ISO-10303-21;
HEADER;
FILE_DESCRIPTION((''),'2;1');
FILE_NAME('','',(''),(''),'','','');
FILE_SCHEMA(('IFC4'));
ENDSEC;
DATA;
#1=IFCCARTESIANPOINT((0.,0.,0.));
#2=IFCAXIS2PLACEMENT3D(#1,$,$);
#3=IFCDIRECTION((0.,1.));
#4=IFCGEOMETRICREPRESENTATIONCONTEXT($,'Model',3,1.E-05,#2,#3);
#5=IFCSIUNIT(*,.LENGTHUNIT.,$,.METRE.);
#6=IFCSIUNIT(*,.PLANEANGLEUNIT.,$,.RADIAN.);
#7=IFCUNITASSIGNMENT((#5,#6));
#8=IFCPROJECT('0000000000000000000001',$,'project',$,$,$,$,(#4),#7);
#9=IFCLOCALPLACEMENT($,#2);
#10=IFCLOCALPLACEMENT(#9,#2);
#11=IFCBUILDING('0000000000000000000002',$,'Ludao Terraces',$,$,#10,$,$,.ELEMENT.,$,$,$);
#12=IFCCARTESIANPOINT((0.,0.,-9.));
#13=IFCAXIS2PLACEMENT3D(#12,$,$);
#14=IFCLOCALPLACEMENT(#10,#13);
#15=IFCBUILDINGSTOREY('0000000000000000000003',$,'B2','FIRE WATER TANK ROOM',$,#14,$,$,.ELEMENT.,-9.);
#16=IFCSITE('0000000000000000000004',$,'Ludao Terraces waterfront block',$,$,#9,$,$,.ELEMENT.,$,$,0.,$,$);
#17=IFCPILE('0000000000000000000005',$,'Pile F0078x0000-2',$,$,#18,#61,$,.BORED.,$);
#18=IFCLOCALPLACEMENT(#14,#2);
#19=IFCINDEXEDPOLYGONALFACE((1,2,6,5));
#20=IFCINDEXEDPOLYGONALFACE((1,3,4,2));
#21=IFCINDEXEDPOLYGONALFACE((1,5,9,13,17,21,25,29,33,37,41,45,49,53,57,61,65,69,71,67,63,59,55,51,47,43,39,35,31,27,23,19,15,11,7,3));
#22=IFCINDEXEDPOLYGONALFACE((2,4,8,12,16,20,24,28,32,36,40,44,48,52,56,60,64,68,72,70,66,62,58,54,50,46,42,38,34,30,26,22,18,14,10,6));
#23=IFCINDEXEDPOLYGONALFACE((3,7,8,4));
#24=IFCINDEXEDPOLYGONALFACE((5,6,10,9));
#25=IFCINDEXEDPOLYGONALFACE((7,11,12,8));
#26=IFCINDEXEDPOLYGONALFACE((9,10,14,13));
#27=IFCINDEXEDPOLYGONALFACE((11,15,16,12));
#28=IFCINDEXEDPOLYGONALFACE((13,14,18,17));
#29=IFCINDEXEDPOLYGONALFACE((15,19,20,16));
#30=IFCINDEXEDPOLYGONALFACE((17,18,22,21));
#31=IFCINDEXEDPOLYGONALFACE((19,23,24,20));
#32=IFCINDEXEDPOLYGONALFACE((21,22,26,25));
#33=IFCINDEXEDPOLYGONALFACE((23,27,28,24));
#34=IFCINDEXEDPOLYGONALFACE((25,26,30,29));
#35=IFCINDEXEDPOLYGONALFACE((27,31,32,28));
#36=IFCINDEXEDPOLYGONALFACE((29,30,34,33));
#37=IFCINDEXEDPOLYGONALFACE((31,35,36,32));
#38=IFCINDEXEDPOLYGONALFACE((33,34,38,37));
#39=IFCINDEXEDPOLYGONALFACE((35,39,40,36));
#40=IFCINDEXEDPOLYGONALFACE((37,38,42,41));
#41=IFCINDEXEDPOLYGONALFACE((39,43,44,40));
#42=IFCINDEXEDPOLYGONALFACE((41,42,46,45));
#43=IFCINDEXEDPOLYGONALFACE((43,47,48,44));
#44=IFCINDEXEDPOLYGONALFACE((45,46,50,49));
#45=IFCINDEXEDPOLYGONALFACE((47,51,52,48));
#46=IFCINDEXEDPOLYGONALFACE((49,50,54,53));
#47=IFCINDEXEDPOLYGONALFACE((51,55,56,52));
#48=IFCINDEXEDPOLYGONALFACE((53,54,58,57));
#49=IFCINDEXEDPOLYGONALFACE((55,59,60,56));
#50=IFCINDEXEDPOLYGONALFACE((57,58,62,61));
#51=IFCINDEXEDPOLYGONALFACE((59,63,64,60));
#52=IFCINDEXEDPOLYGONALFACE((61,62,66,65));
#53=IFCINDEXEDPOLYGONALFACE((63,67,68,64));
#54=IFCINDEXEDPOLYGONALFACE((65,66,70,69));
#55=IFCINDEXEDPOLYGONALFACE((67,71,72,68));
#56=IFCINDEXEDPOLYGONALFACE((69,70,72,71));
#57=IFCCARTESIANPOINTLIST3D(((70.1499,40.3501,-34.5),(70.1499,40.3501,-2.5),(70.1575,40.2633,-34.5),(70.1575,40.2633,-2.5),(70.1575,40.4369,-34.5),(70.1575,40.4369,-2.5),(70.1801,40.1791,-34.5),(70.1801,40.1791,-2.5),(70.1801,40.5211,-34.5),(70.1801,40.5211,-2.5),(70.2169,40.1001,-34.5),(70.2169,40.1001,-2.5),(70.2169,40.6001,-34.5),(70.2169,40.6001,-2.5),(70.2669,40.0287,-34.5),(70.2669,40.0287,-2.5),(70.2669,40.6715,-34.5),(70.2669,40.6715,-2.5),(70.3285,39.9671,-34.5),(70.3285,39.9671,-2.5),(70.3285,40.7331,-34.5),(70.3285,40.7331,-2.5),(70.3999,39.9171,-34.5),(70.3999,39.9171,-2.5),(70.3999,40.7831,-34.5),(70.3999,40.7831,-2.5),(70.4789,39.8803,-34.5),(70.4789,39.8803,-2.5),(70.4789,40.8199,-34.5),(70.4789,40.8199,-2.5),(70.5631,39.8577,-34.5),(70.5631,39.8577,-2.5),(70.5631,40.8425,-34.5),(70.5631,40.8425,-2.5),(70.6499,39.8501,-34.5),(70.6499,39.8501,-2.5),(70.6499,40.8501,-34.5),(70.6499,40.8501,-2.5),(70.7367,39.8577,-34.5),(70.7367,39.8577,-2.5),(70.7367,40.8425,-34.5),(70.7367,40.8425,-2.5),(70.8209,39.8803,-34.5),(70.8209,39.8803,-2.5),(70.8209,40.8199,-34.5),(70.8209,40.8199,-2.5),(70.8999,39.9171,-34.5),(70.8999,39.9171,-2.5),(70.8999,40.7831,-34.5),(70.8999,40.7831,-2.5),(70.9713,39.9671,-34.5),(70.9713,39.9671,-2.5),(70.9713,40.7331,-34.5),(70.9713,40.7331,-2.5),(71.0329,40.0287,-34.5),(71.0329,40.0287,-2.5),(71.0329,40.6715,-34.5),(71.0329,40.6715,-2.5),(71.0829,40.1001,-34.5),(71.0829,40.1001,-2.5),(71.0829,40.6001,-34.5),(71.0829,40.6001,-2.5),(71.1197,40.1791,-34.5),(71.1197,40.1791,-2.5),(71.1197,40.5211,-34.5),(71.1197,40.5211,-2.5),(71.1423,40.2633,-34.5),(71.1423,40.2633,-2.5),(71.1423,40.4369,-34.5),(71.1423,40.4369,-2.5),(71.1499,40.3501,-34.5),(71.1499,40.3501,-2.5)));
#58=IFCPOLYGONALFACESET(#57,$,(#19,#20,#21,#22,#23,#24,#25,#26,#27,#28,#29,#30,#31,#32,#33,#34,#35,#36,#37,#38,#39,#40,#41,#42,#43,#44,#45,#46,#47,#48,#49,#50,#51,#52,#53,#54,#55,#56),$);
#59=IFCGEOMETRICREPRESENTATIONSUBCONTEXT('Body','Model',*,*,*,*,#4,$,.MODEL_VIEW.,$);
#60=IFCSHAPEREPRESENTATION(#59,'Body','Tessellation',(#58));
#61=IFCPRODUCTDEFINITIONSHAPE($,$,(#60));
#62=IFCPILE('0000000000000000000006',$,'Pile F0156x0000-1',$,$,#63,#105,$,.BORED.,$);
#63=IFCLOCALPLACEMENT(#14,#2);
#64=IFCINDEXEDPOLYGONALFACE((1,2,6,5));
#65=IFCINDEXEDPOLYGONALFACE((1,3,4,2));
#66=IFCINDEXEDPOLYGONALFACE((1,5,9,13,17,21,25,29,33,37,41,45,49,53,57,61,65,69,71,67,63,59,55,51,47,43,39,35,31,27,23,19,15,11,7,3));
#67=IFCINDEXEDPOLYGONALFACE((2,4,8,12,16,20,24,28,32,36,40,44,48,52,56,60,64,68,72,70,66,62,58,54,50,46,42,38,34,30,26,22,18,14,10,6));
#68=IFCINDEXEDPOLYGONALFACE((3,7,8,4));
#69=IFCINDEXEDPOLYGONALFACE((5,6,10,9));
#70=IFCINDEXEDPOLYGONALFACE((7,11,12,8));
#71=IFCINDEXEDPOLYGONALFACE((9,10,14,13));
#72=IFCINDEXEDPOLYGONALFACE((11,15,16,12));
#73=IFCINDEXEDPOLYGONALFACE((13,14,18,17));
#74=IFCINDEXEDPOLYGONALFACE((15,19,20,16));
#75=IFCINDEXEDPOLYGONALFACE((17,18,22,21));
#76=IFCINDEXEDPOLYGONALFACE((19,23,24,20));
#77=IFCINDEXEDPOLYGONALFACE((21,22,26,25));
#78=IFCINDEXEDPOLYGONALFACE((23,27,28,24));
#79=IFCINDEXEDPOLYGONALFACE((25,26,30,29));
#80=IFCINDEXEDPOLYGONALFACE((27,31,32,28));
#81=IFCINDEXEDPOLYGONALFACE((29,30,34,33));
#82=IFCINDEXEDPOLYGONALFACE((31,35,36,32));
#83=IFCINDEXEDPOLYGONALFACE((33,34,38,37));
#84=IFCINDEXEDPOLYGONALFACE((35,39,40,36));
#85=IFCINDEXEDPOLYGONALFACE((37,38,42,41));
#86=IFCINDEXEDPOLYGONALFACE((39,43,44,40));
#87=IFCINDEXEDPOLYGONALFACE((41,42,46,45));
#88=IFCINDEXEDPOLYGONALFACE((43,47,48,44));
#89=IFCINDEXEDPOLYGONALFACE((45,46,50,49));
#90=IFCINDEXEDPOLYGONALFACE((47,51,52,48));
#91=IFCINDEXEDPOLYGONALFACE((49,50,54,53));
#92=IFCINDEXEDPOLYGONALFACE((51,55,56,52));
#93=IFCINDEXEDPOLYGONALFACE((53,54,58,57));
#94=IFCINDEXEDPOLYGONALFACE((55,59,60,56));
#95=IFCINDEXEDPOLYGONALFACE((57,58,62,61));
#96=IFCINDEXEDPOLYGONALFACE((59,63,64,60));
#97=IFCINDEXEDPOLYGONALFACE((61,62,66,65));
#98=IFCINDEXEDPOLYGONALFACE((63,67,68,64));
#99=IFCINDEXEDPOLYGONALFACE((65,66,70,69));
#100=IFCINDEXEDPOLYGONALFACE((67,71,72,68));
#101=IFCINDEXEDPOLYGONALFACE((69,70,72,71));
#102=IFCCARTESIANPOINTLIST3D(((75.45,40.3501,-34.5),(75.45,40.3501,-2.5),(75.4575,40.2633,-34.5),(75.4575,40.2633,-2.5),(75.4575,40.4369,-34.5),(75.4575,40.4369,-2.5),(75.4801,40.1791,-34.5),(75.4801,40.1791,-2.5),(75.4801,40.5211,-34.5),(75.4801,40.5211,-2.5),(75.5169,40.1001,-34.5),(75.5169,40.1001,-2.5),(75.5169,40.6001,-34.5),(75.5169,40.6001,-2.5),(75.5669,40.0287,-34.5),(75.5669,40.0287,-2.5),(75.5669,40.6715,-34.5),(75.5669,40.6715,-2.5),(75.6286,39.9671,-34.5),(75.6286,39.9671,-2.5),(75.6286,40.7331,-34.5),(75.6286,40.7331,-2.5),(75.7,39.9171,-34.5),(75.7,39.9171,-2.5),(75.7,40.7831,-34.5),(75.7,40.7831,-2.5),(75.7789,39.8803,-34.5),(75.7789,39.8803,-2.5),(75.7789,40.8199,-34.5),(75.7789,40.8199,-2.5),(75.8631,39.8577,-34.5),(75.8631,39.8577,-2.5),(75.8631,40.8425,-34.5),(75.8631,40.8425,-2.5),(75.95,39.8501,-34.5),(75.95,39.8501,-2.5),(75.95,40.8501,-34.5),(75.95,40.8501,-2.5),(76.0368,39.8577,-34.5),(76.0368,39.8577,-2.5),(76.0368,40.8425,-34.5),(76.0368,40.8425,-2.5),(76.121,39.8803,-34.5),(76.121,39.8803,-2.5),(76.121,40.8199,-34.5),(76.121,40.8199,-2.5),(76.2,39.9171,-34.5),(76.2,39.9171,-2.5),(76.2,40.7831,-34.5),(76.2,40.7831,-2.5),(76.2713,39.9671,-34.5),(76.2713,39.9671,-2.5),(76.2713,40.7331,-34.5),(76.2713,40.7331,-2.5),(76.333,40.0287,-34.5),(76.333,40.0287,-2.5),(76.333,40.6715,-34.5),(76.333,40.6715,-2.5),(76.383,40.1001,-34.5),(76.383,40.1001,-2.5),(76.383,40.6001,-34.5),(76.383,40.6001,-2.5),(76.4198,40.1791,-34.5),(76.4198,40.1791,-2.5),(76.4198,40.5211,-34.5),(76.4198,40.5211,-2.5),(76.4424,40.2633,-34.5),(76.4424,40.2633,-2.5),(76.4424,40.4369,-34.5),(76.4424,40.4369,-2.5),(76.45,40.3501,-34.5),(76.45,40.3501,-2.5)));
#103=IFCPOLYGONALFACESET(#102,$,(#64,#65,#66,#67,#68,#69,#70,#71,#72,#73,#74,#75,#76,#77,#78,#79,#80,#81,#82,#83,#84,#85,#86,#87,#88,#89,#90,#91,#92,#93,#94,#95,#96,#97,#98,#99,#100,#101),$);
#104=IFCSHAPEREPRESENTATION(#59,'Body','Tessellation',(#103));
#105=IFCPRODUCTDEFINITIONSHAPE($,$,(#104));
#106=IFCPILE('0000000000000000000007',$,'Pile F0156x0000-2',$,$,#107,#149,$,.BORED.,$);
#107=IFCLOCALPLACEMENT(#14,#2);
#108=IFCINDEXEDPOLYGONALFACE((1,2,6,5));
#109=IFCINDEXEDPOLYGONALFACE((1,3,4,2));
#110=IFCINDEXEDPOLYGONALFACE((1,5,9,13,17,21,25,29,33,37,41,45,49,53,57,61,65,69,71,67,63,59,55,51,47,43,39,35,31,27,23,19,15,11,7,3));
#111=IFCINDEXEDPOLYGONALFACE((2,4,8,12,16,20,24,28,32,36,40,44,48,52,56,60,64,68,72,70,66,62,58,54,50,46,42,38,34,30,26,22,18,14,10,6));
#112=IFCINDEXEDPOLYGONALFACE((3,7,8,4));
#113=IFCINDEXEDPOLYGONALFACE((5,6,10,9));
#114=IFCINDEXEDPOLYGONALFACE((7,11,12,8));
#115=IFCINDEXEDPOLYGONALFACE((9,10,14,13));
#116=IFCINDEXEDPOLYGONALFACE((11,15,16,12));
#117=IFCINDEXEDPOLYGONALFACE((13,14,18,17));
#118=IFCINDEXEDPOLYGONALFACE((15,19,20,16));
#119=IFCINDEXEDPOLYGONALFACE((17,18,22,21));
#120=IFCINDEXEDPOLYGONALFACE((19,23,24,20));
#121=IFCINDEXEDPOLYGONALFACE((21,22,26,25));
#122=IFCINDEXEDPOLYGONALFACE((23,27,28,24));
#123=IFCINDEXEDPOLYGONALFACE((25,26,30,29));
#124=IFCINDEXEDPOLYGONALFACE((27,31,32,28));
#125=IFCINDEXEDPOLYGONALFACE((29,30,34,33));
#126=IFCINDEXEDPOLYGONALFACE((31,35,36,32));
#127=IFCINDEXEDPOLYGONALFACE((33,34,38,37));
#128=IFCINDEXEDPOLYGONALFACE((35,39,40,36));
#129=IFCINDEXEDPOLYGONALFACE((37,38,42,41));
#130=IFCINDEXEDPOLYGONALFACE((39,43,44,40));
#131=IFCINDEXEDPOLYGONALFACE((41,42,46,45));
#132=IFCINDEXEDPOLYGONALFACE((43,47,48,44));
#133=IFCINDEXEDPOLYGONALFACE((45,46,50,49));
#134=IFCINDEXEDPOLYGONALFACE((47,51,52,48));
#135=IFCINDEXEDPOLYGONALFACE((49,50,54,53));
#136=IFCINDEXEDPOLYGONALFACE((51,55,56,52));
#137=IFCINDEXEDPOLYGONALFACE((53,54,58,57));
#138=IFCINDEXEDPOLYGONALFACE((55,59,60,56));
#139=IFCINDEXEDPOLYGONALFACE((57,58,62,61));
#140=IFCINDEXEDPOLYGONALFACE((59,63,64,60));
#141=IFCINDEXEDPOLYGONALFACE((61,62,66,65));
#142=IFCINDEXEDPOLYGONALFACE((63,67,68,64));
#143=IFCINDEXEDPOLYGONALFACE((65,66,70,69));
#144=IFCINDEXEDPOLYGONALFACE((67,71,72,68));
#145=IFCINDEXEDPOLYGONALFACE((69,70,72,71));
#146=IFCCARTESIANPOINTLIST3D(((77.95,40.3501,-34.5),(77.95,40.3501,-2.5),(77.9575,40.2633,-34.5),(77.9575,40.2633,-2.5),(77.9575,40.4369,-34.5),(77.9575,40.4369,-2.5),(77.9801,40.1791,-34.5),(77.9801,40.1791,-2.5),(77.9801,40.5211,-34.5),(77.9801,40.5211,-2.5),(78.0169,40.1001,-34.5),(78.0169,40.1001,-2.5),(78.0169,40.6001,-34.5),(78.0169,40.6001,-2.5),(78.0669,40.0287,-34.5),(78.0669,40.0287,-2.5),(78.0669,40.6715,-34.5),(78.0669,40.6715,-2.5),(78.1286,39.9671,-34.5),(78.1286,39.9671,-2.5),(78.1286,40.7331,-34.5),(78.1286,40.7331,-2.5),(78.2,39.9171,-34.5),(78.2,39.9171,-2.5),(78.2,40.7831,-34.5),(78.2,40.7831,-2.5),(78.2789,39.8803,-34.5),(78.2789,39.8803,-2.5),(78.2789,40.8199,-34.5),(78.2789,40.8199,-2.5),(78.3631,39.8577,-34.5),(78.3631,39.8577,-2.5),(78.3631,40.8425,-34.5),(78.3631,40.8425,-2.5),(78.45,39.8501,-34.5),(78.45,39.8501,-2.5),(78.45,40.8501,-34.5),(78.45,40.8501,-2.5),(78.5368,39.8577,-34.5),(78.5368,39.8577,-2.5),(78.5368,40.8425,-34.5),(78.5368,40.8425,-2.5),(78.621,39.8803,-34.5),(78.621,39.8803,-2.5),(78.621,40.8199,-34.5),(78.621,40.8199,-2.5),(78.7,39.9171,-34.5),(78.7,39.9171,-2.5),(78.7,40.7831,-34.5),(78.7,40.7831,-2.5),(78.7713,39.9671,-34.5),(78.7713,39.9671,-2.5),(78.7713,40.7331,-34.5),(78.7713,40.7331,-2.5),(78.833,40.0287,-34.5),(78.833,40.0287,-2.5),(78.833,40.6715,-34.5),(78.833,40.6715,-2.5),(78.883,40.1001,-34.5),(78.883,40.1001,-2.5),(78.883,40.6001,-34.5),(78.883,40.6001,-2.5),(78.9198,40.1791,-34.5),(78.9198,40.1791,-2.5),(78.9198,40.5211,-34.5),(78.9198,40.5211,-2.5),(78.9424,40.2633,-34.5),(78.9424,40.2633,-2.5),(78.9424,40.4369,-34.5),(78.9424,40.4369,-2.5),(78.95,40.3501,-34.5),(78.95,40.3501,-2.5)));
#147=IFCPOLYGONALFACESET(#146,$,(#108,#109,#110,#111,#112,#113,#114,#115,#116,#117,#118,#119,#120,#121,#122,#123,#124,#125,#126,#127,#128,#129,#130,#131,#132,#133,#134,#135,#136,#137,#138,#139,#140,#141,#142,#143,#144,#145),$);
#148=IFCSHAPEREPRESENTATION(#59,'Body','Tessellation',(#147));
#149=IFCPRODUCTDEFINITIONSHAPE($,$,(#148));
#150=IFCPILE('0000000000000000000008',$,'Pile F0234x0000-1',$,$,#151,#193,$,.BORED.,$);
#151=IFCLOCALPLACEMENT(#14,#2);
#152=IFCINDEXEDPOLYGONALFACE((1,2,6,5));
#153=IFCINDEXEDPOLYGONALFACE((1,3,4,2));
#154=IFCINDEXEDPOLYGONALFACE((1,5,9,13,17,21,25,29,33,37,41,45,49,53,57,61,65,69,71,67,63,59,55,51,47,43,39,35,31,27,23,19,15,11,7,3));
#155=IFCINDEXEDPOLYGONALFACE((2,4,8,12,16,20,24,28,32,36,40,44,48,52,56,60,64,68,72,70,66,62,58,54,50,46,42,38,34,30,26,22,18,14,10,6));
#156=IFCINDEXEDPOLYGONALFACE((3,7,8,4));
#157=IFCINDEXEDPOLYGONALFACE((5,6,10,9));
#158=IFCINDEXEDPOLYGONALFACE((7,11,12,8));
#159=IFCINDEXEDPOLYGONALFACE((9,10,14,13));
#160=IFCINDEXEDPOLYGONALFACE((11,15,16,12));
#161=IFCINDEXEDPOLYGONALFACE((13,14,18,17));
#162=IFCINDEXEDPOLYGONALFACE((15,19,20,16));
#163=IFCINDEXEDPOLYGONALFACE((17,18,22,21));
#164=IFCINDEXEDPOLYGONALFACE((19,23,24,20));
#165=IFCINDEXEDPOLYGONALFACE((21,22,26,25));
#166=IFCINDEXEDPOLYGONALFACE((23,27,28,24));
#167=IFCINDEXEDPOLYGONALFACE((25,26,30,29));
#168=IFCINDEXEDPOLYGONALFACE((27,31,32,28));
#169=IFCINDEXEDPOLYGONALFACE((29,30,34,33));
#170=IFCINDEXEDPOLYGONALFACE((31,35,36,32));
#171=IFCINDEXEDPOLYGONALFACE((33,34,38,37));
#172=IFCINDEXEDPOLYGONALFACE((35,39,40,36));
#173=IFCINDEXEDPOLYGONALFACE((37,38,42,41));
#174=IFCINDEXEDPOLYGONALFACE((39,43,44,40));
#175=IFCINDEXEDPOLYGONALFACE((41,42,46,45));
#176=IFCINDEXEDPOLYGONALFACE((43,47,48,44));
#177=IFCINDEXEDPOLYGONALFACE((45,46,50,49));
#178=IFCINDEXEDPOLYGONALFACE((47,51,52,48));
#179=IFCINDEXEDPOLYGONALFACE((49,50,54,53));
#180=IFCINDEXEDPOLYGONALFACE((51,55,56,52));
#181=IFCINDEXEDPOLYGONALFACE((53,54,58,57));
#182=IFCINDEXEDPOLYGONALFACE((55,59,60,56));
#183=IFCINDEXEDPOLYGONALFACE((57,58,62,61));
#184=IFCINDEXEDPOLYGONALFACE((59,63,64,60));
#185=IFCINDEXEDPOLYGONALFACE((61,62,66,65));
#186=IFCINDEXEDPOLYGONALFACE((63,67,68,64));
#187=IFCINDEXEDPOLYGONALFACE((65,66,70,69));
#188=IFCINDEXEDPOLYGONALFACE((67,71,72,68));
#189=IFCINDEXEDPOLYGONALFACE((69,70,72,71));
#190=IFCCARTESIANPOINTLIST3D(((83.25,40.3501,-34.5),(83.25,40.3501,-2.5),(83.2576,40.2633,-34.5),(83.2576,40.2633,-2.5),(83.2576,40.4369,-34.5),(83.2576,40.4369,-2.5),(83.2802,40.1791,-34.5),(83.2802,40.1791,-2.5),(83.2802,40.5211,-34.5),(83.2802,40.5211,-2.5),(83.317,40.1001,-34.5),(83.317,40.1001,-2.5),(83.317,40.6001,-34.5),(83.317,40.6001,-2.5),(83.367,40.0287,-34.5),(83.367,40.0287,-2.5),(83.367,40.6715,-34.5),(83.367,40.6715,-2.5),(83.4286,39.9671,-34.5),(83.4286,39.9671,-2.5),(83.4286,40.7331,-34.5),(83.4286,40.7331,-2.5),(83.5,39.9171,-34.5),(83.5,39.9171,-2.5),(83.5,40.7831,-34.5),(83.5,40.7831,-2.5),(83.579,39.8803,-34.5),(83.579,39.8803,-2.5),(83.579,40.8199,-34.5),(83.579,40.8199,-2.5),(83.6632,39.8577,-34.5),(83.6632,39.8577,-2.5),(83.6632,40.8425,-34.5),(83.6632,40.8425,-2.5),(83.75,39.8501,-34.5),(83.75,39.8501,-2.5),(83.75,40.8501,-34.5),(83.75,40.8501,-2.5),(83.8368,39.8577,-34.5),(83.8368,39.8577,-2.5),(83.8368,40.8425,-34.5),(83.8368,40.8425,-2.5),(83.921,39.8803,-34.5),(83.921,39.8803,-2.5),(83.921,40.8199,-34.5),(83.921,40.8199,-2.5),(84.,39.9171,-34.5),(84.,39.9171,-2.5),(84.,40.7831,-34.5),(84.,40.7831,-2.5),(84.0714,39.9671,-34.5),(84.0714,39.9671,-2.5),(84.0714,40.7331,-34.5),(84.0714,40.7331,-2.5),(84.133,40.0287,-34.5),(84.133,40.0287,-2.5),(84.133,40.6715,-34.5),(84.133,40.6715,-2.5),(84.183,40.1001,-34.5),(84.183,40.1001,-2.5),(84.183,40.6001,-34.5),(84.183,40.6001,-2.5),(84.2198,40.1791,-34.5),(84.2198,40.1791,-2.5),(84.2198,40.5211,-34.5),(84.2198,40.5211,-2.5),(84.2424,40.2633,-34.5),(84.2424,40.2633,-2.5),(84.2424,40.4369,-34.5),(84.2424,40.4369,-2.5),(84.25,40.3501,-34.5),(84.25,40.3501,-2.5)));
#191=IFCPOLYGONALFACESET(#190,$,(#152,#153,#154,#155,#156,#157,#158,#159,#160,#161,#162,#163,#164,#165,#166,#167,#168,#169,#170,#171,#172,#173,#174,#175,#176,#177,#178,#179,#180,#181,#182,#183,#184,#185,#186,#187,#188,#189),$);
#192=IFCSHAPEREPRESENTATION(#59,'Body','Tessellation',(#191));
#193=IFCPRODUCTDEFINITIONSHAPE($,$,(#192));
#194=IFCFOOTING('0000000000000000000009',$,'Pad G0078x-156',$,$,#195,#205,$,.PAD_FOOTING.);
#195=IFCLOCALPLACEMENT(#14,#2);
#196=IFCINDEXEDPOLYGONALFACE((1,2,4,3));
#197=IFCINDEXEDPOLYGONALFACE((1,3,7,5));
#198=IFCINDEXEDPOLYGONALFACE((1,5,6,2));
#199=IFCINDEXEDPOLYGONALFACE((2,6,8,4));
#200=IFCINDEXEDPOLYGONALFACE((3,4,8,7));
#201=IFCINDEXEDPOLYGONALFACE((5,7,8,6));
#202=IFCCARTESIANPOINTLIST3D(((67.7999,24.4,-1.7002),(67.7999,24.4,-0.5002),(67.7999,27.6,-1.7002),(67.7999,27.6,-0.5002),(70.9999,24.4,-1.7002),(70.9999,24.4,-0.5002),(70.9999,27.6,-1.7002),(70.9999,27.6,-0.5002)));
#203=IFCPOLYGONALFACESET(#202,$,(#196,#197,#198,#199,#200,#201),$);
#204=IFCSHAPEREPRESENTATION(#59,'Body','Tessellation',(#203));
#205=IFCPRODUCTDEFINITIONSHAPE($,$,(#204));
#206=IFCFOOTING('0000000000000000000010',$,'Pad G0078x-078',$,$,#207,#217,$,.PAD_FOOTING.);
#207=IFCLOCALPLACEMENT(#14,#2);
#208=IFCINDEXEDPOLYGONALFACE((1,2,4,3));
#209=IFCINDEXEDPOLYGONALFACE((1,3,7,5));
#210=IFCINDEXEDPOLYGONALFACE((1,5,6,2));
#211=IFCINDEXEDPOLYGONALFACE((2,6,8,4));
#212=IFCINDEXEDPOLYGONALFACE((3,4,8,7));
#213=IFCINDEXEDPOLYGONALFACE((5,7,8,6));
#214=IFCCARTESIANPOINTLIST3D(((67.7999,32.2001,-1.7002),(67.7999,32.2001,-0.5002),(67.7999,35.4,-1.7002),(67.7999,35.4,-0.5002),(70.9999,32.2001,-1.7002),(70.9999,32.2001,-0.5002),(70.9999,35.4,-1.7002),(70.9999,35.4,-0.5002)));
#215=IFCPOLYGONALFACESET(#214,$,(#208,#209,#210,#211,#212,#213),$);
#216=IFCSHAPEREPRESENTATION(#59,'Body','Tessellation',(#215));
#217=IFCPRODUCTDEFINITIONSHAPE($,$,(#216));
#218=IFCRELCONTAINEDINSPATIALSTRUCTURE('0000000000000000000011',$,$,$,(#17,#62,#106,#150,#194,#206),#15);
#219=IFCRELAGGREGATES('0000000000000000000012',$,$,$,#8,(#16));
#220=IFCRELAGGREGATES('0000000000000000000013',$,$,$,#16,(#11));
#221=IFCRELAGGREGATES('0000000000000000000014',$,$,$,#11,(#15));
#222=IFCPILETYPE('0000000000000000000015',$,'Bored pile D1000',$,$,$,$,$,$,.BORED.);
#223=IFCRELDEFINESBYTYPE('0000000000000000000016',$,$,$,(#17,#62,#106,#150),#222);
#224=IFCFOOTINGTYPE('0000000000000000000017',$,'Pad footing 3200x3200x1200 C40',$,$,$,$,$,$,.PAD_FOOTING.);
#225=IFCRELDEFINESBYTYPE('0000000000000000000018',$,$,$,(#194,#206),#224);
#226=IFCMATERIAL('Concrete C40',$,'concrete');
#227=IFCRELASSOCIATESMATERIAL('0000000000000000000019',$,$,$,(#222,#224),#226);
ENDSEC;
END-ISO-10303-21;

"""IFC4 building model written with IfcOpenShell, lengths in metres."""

from ifc_helpers import new_model, si_unit, direction, frame, origin, origin_2d, place, context, subcontext, project, spatial, rectangle, circle, extrude, material, material_profile, profile_set, type_object, element, save


model = new_model("IFC4")

# Units and contexts
model_context = context("Model", 3, precision=1e-05, world=origin(), true_north=direction((0.0, 1.0)))
body_context = subcontext(model_context, "Body", "Model", "MODEL_VIEW")
ifc_project = project(units=[si_unit("LENGTHUNIT", "METRE"), si_unit("PLANEANGLEUNIT", "RADIAN")], contexts=[model_context])

# Site, building, storey
site_placement = place(None, origin())
site = spatial("IfcSite", under=ifc_project, at=site_placement, Name="Ludao Terraces waterfront block", CompositionType="ELEMENT", RefElevation=0.0)
building_placement = place(site_placement, origin())
building = spatial("IfcBuilding", under=site, at=building_placement, Name="Ludao Terraces", CompositionType="ELEMENT")
storey_placement = place(building_placement, frame((0.0, 0.0, -9.0)))
storey = spatial("IfcBuildingStorey", under=building, at=storey_placement, Name="B2", Description="FIRE WATER TANK ROOM", CompositionType="ELEMENT", Elevation=-9.0)

# Piles
ifc_material_1 = material(Name="Concrete C40", Category="concrete")
ifc_material_profile_1 = material_profile(ifc_material_1, circle(Radius=0.5, at=origin_2d()), Name="D1000 BORED PILE")
ifc_profile_set_1 = profile_set([ifc_material_profile_1], Name="Concrete C40")
pile_type = type_object("IfcPileType", Name="Bored pile D1000", PredefinedType="BORED", material=ifc_profile_set_1)
for number, where, z_axis, x_axis, name in (
    (1, (70.6499, 40.3501, -2.5), (0.0, 0.0, -1.0), (1.0, 0.0, 0.0), "Pile F0078x0000-2"),
    (2, (75.95, 40.3501, -2.5), (0.0, 0.0, -1.0), (1.0, 0.0, 0.0), "Pile F0156x0000-1"),
    (3, (78.45, 40.3501, -2.5), (0.0, 0.0, -1.0), (1.0, 0.0, 0.0), "Pile F0156x0000-2"),
    (4, (83.75, 40.3501, -2.5), (0.0, 0.0, -1.0), (1.0, 0.0, 0.0), "Pile F0234x0000-1"),
):
    element("IfcPile", number, at=place(storey_placement, frame(where, z_axis=z_axis, x_axis=x_axis)), inside=storey, type_object=pile_type, Name=name, PredefinedType="BORED", context=body_context, shape_type="SweptSolid", body=[
        extrude(circle(Radius=0.5, at=origin_2d()), origin(), (0.0, 0.0, 1.0), 32.0),
    ])

# Footings
footing_type_1 = type_object("IfcFootingType", Name="Pad footing 3200x3200x1200 C40", PredefinedType="PAD_FOOTING", material=ifc_material_1)
for number, where, z_axis, x_axis, name in (
    (5, (69.3999, 26.0, -1.7002), (0.0, 0.0, 1.0), (1.0, 0.0, 0.0), "Pad G0078x-156"),
    (6, (69.3999, 33.8, -1.7002), (0.0, 0.0, 1.0), (1.0, 0.0, 0.0), "Pad G0078x-078"),
):
    element("IfcFooting", number, at=place(storey_placement, frame(where, z_axis=z_axis, x_axis=x_axis)), inside=storey, type_object=footing_type_1, Name=name, PredefinedType="PAD_FOOTING", context=body_context, shape_type="SweptSolid", body=[
        extrude(rectangle(XDim=3.2, YDim=3.2, at=origin_2d()), origin(), (0.0, 0.0, 1.0), 1.2),
    ])

save(model, "model.ifc")
